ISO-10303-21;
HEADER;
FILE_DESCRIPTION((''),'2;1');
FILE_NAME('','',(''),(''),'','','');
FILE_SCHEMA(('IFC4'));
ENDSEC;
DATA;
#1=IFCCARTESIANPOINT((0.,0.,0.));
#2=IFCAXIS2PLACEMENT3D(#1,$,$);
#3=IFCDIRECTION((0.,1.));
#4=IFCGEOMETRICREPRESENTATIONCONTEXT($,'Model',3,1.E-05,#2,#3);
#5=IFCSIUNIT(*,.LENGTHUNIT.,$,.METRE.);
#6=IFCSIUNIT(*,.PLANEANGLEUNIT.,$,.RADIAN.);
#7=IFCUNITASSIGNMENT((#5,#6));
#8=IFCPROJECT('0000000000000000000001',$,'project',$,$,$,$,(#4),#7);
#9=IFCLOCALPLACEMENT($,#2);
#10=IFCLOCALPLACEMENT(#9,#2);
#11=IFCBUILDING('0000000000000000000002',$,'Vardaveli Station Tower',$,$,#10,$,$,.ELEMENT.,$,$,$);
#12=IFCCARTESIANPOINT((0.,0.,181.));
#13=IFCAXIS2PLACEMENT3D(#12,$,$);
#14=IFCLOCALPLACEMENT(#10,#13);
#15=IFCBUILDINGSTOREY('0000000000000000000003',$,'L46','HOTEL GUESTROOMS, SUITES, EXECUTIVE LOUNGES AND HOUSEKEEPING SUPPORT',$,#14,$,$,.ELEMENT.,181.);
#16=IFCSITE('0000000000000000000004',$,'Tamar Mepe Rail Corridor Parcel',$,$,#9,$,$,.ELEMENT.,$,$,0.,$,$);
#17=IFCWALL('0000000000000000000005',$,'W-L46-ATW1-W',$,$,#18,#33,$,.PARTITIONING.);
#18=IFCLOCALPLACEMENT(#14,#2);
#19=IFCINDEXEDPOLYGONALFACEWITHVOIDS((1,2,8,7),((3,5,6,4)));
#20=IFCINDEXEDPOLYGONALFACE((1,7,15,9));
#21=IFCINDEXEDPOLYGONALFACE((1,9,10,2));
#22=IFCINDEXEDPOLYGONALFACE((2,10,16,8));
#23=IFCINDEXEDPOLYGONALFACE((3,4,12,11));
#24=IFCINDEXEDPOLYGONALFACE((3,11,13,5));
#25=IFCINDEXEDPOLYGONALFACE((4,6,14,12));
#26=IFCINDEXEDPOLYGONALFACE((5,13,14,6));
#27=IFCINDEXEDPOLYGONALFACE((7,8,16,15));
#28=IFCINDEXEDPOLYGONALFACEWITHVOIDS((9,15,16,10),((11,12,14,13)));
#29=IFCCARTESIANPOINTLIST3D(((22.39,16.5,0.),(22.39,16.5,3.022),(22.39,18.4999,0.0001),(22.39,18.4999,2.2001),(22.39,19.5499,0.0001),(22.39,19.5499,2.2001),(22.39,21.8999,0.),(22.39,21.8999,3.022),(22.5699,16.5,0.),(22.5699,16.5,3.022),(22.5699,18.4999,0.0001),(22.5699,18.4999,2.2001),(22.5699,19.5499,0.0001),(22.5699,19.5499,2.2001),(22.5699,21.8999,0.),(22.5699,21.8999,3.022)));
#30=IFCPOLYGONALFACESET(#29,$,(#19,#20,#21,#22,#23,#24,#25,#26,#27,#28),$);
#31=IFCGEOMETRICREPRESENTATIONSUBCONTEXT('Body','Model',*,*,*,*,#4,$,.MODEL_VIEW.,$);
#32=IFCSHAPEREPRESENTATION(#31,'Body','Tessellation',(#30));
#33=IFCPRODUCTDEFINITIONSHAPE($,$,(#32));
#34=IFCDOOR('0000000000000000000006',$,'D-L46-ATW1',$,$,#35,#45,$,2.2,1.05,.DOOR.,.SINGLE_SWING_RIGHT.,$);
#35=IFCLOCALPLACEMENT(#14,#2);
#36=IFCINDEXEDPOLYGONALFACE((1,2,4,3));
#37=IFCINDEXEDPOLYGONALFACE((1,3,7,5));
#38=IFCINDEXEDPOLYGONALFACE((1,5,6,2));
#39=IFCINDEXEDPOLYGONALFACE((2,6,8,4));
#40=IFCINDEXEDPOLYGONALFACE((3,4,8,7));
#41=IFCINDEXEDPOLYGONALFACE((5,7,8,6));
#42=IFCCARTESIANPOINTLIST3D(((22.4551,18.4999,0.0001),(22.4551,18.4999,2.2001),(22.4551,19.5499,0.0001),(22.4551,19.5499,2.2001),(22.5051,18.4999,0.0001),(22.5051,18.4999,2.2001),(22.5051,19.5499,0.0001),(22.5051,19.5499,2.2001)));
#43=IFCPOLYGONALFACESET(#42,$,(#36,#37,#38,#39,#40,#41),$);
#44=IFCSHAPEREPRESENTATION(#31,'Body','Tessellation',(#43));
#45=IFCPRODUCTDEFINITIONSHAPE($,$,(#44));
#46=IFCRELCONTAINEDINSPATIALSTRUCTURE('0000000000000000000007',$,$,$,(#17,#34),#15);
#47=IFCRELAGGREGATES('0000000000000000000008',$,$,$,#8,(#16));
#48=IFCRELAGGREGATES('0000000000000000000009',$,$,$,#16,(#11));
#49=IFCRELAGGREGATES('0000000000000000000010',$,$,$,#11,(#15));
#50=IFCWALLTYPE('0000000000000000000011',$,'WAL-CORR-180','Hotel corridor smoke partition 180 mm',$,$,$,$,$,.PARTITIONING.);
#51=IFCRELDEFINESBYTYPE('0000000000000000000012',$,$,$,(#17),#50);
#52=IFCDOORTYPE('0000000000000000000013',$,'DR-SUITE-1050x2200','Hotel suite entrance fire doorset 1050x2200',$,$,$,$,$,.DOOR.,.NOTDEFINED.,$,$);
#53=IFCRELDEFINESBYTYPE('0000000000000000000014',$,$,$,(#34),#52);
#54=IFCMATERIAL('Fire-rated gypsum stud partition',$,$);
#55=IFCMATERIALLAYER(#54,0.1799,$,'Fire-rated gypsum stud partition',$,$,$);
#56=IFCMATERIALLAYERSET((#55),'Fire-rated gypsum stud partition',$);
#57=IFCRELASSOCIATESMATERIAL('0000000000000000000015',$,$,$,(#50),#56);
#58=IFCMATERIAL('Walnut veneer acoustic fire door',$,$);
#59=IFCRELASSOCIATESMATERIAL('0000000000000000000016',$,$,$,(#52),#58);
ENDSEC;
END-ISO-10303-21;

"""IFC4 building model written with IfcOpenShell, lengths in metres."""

from ifc_helpers import new_model, si_unit, direction, frame, frame_2d, origin, place, context, subcontext, project, spatial, rectangle, extrude, source, transform, mapped, material, layer, layer_set, type_object, element, fill, save


model = new_model("IFC4")

# Units and contexts
model_context = context("Model", 3, precision=1e-05, world=origin(), true_north=direction((0.0, 1.0)))
body_context = subcontext(model_context, "Body", "Model", "MODEL_VIEW")
ifc_project = project(units=[si_unit("LENGTHUNIT", "METRE"), si_unit("PLANEANGLEUNIT", "RADIAN")], contexts=[model_context])

# Site, building, storey
site_placement = place(None, origin())
site = spatial("IfcSite", under=ifc_project, at=site_placement, Name="Tamar Mepe Rail Corridor Parcel", CompositionType="ELEMENT", RefElevation=0.0)
building_placement = place(site_placement, origin())
building = spatial("IfcBuilding", under=site, at=building_placement, Name="Vardaveli Station Tower", CompositionType="ELEMENT")
storey_placement = place(building_placement, frame((0.0, 0.0, 181.0)))
storey = spatial("IfcBuildingStorey", under=building, at=storey_placement, Name="L46", Description="HOTEL GUESTROOMS, SUITES, EXECUTIVE LOUNGES AND HOUSEKEEPING SUPPORT", CompositionType="ELEMENT", Elevation=181.0)

# Shared definitions
ifc_material_1 = material(Name="Fire-rated gypsum stud partition")
ifc_layer_1 = layer(ifc_material_1, 0.1799, Name="Fire-rated gypsum stud partition")
ifc_layer_set_1 = layer_set([ifc_layer_1], Name="Fire-rated gypsum stud partition")
wall_type_1 = type_object("IfcWallType", Name="WAL-CORR-180", Description="Hotel corridor smoke partition 180 mm", PredefinedType="PARTITIONING", material=ifc_layer_set_1)
shared_shape_1 = source(origin(), body_context, "Body", "SweptSolid", [
    extrude(rectangle(XDim=1.05, YDim=2.2, at=frame_2d((0.5249, 1.1001))), frame((0.0, 0.1001, 0.0), z_axis=(0.0, -1.0, 0.0), x_axis=(1.0, 0.0, 0.0)), (0.0, 0.0, 1.0), 0.2),
])
ifc_material_2 = material(Name="Walnut veneer acoustic fire door")
door_type_1 = type_object("IfcDoorType", Name="DR-SUITE-1050x2200", Description="Hotel suite entrance fire doorset 1050x2200", OperationType="NOTDEFINED", PredefinedType="DOOR", material=ifc_material_2)
shared_shape_2 = source(origin(), body_context, "Body", "SweptSolid", [
    extrude(rectangle(XDim=1.05, YDim=2.2, at=frame_2d((0.5249, 1.1001))), frame((0.0, 0.0249, 0.0), z_axis=(0.0, -1.0, 0.0), x_axis=(1.0, 0.0, 0.0)), (0.0, 0.0, 1.0), 0.05),
])

# Wall, opening, door
shared_shape_3 = source(origin(), body_context, "Body", "SweptSolid", [
    extrude(rectangle(XDim=5.3999, YDim=0.1799, at=frame_2d((2.7, 0.0))), origin(), (0.0, 0.0, 1.0), 3.022),
])
wall_1_placement = place(storey_placement, frame((22.48, 16.5, 0.0), z_axis=(0.0, 0.0, 1.0), x_axis=(0.0, 1.0, 0.0)))
wall_1 = element("IfcWall", 1, at=wall_1_placement, inside=storey, type_object=wall_type_1, Name="W-L46-ATW1-W", PredefinedType="PARTITIONING", context=body_context, shape_type="MappedRepresentation", body=[
    mapped(shared_shape_3, transform((0.0, 0.0, 0.0), scale=1.0)),
])
opening_1_placement = place(wall_1_placement, frame((2.0, 0.0, 0.0)))
opening_1 = element("IfcOpeningElement", 2, at=opening_1_placement, cuts=wall_1, PredefinedType="OPENING", context=body_context, shape_type="MappedRepresentation", body=[
    mapped(shared_shape_1, transform((0.0, 0.0, 0.0), scale=1.0)),
])
door_1_placement = place(opening_1_placement, origin())
door_1 = element("IfcDoor", 3, at=door_1_placement, inside=storey, type_object=door_type_1, Name="D-L46-ATW1", OperationType="SINGLE_SWING_RIGHT", OverallHeight=2.2, OverallWidth=1.05, PredefinedType="DOOR", context=body_context, shape_type="MappedRepresentation", body=[
    mapped(shared_shape_2, transform((0.0, 0.0, 0.0), scale=1.0)),
])
fill(opening_1, door_1)

save(model, "model.ifc")
